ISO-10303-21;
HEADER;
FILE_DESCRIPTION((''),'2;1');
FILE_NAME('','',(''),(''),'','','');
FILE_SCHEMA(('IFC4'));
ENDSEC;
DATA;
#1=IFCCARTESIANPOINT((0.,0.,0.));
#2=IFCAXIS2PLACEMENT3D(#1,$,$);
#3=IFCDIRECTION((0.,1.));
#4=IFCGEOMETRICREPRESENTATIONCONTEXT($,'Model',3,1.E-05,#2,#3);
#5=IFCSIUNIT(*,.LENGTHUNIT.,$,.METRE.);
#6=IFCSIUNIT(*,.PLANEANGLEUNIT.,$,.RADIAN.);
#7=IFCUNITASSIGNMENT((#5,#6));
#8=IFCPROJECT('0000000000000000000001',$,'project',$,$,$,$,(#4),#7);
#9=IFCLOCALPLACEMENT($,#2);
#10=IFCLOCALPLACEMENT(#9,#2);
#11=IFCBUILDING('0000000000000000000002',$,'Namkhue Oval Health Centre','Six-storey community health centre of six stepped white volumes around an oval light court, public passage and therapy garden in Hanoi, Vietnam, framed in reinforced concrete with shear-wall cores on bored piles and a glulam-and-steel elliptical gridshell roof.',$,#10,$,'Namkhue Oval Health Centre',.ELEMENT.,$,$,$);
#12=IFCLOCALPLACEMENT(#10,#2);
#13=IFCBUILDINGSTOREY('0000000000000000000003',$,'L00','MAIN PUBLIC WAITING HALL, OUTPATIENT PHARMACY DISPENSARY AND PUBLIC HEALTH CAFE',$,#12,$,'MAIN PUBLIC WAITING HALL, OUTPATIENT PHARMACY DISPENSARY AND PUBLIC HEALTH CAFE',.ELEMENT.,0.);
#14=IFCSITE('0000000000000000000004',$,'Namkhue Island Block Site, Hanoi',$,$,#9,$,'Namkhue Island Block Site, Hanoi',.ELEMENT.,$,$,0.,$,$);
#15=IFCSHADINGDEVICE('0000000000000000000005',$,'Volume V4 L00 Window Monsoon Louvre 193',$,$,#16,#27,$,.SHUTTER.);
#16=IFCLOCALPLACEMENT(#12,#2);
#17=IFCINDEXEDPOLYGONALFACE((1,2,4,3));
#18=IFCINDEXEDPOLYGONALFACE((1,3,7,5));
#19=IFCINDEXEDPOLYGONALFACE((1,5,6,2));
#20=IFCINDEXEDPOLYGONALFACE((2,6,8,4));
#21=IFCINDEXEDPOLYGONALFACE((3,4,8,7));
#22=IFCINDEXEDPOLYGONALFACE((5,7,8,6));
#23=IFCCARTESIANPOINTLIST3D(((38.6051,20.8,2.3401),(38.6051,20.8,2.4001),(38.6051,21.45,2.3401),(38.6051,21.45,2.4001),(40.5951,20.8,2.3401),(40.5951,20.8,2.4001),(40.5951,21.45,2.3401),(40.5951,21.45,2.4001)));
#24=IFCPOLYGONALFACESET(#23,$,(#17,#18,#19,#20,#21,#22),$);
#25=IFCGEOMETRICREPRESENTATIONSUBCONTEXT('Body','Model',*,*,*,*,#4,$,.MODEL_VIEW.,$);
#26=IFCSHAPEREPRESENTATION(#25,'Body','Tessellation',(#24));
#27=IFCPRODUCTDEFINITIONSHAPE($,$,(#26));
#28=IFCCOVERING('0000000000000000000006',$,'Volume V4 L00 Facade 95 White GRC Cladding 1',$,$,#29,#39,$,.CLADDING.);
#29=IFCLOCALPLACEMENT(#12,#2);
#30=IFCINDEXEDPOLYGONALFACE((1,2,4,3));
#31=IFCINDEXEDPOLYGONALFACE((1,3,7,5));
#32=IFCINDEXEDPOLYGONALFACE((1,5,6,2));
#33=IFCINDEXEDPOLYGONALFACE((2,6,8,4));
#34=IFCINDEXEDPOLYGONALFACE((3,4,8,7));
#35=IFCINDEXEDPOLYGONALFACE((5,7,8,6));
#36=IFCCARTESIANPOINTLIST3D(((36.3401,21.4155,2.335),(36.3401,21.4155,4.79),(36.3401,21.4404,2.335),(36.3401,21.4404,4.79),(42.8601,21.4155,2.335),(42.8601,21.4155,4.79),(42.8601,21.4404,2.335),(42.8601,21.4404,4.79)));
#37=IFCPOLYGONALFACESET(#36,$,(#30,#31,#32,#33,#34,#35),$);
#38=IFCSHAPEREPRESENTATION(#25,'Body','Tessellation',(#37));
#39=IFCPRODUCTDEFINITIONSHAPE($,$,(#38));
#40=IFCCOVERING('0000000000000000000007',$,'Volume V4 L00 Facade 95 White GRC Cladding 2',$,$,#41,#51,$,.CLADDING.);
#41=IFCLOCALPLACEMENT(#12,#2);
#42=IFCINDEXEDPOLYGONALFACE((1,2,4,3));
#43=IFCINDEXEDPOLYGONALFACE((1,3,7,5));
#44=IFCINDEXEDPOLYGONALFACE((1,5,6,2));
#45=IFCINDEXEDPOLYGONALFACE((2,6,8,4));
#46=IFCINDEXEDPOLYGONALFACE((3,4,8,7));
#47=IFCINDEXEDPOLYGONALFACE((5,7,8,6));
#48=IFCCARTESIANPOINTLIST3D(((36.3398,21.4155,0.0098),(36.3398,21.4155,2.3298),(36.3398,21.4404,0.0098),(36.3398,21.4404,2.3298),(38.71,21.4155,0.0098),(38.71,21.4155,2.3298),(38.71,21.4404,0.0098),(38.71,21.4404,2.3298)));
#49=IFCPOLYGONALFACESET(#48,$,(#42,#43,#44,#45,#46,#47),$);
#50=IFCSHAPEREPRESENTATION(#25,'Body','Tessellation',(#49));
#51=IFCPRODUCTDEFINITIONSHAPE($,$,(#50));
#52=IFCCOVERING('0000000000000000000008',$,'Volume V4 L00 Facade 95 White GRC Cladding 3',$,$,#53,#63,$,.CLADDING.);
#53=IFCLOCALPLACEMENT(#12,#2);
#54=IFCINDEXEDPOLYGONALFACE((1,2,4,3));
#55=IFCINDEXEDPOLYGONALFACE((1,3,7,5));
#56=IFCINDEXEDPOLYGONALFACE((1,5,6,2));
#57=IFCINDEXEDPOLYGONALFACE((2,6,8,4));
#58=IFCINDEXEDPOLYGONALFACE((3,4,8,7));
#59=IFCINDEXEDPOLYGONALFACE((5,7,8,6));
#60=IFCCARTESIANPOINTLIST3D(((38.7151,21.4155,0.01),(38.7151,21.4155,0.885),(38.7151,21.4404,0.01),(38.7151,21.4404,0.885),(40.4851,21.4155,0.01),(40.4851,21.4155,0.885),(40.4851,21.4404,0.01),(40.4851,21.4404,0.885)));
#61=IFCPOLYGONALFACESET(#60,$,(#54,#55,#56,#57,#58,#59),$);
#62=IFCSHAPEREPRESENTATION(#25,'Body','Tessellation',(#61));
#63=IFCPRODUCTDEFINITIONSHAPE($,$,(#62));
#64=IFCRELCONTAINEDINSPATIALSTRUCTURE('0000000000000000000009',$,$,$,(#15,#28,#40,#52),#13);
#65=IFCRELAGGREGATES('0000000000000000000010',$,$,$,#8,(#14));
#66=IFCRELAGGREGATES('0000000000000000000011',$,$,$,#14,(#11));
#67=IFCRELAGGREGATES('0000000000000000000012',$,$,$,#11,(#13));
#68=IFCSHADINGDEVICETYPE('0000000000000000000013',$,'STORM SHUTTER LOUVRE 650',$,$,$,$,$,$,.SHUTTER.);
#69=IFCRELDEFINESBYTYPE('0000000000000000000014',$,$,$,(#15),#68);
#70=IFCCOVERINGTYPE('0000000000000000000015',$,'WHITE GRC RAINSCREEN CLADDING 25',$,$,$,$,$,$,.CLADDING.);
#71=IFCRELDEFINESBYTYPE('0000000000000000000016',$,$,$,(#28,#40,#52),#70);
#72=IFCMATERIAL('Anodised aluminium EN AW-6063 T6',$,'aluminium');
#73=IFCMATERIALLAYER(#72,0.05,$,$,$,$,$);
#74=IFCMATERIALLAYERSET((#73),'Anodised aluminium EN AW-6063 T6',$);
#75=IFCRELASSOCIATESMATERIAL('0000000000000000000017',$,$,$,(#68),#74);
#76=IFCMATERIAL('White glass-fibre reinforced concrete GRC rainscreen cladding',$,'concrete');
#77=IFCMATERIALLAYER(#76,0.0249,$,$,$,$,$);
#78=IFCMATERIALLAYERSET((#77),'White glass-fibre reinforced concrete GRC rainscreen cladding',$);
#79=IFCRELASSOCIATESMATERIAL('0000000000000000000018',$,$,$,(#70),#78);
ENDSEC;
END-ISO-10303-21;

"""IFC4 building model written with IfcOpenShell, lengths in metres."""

from ifc_helpers import new_model, si_unit, direction, frame, origin, origin_2d, place, context, subcontext, project, spatial, rectangle, extrude, material, layer, layer_set, type_object, element, save


model = new_model("IFC4")

# Units and contexts
model_context = context("Model", 3, precision=1e-05, world=origin(), true_north=direction((0.0, 1.0)))
body_context = subcontext(model_context, "Body", "Model", "MODEL_VIEW")
ifc_project = project(units=[si_unit("LENGTHUNIT", "METRE"), si_unit("PLANEANGLEUNIT", "RADIAN")], contexts=[model_context])

# Site, building, storey
site_placement = place(None, origin())
site = spatial("IfcSite", under=ifc_project, at=site_placement, Name="Namkhue Island Block Site, Hanoi", LongName="Namkhue Island Block Site, Hanoi", CompositionType="ELEMENT", RefElevation=0.0)
building_placement = place(site_placement, origin())
building = spatial("IfcBuilding", under=site, at=building_placement, Name="Namkhue Oval Health Centre", Description="Six-storey community health centre of six stepped white volumes around an oval light court, public passage and therapy garden in Hanoi, Vietnam, framed in reinforced concrete with shear-wall cores on bored piles and a glulam-and-steel elliptical gridshell roof.", LongName="Namkhue Oval Health Centre", CompositionType="ELEMENT")
storey_placement = place(building_placement, origin())
storey = spatial("IfcBuildingStorey", under=building, at=storey_placement, Name="L00", Description="MAIN PUBLIC WAITING HALL, OUTPATIENT PHARMACY DISPENSARY AND PUBLIC HEALTH CAFE", LongName="MAIN PUBLIC WAITING HALL, OUTPATIENT PHARMACY DISPENSARY AND PUBLIC HEALTH CAFE", CompositionType="ELEMENT", Elevation=0.0)

# Shared definitions
ifc_material_1 = material(Name="Anodised aluminium EN AW-6063 T6", Category="aluminium")

# Shading device
ifc_layer_1 = layer(ifc_material_1, 0.05)
ifc_layer_set_1 = layer_set([ifc_layer_1], Name="Anodised aluminium EN AW-6063 T6")
shading_device_type = type_object("IfcShadingDeviceType", Name="STORM SHUTTER LOUVRE 650", PredefinedType="SHUTTER", material=ifc_layer_set_1)
shading_device_placement = place(storey_placement, frame((39.6001, 21.125, 2.3401), z_axis=(0.0, 0.0, 1.0), x_axis=(1.0, 0.0, 0.0)))
element("IfcShadingDevice", 1, at=shading_device_placement, inside=storey, type_object=shading_device_type, Name="Volume V4 L00 Window Monsoon Louvre 193", PredefinedType="SHUTTER", context=body_context, shape_type="SweptSolid", body=[
    extrude(rectangle(XDim=1.99, YDim=0.6499, at=origin_2d()), origin(), (0.0, 0.0, 1.0), 0.0601),
])

# Coverings
ifc_material_2 = material(Name="White glass-fibre reinforced concrete GRC rainscreen cladding", Category="concrete")
ifc_layer_2 = layer(ifc_material_2, 0.0249)
ifc_layer_set_2 = layer_set([ifc_layer_2], Name="White glass-fibre reinforced concrete GRC rainscreen cladding")
covering_type = type_object("IfcCoveringType", Name="WHITE GRC RAINSCREEN CLADDING 25", PredefinedType="CLADDING", material=ifc_layer_set_2)
covering_1_placement = place(storey_placement, frame((39.6001, 21.428, 2.335), z_axis=(0.0, 0.0, 1.0), x_axis=(1.0, 0.0, 0.0)))
element("IfcCovering", 2, at=covering_1_placement, inside=storey, type_object=covering_type, Name="Volume V4 L00 Facade 95 White GRC Cladding 1", PredefinedType="CLADDING", context=body_context, shape_type="SweptSolid", body=[
    extrude(rectangle(XDim=6.52, YDim=0.0249, at=origin_2d()), origin(), (0.0, 0.0, 1.0), 2.4551),
])
covering_2_placement = place(storey_placement, frame((37.5249, 21.428, 0.0098), z_axis=(0.0, 0.0, 1.0), x_axis=(1.0, 0.0, 0.0)))
element("IfcCovering", 3, at=covering_2_placement, inside=storey, type_object=covering_type, Name="Volume V4 L00 Facade 95 White GRC Cladding 2", PredefinedType="CLADDING", context=body_context, shape_type="SweptSolid", body=[
    extrude(rectangle(XDim=2.3701, YDim=0.0249, at=origin_2d()), origin(), (0.0, 0.0, 1.0), 2.3201),
])
covering_3_placement = place(storey_placement, frame((39.6001, 21.428, 0.01), z_axis=(0.0, 0.0, 1.0), x_axis=(1.0, 0.0, 0.0)))
element("IfcCovering", 4, at=covering_3_placement, inside=storey, type_object=covering_type, Name="Volume V4 L00 Facade 95 White GRC Cladding 3", PredefinedType="CLADDING", context=body_context, shape_type="SweptSolid", body=[
    extrude(rectangle(XDim=1.77, YDim=0.0249, at=origin_2d()), origin(), (0.0, 0.0, 1.0), 0.875),
])

save(model, "model.ifc")
